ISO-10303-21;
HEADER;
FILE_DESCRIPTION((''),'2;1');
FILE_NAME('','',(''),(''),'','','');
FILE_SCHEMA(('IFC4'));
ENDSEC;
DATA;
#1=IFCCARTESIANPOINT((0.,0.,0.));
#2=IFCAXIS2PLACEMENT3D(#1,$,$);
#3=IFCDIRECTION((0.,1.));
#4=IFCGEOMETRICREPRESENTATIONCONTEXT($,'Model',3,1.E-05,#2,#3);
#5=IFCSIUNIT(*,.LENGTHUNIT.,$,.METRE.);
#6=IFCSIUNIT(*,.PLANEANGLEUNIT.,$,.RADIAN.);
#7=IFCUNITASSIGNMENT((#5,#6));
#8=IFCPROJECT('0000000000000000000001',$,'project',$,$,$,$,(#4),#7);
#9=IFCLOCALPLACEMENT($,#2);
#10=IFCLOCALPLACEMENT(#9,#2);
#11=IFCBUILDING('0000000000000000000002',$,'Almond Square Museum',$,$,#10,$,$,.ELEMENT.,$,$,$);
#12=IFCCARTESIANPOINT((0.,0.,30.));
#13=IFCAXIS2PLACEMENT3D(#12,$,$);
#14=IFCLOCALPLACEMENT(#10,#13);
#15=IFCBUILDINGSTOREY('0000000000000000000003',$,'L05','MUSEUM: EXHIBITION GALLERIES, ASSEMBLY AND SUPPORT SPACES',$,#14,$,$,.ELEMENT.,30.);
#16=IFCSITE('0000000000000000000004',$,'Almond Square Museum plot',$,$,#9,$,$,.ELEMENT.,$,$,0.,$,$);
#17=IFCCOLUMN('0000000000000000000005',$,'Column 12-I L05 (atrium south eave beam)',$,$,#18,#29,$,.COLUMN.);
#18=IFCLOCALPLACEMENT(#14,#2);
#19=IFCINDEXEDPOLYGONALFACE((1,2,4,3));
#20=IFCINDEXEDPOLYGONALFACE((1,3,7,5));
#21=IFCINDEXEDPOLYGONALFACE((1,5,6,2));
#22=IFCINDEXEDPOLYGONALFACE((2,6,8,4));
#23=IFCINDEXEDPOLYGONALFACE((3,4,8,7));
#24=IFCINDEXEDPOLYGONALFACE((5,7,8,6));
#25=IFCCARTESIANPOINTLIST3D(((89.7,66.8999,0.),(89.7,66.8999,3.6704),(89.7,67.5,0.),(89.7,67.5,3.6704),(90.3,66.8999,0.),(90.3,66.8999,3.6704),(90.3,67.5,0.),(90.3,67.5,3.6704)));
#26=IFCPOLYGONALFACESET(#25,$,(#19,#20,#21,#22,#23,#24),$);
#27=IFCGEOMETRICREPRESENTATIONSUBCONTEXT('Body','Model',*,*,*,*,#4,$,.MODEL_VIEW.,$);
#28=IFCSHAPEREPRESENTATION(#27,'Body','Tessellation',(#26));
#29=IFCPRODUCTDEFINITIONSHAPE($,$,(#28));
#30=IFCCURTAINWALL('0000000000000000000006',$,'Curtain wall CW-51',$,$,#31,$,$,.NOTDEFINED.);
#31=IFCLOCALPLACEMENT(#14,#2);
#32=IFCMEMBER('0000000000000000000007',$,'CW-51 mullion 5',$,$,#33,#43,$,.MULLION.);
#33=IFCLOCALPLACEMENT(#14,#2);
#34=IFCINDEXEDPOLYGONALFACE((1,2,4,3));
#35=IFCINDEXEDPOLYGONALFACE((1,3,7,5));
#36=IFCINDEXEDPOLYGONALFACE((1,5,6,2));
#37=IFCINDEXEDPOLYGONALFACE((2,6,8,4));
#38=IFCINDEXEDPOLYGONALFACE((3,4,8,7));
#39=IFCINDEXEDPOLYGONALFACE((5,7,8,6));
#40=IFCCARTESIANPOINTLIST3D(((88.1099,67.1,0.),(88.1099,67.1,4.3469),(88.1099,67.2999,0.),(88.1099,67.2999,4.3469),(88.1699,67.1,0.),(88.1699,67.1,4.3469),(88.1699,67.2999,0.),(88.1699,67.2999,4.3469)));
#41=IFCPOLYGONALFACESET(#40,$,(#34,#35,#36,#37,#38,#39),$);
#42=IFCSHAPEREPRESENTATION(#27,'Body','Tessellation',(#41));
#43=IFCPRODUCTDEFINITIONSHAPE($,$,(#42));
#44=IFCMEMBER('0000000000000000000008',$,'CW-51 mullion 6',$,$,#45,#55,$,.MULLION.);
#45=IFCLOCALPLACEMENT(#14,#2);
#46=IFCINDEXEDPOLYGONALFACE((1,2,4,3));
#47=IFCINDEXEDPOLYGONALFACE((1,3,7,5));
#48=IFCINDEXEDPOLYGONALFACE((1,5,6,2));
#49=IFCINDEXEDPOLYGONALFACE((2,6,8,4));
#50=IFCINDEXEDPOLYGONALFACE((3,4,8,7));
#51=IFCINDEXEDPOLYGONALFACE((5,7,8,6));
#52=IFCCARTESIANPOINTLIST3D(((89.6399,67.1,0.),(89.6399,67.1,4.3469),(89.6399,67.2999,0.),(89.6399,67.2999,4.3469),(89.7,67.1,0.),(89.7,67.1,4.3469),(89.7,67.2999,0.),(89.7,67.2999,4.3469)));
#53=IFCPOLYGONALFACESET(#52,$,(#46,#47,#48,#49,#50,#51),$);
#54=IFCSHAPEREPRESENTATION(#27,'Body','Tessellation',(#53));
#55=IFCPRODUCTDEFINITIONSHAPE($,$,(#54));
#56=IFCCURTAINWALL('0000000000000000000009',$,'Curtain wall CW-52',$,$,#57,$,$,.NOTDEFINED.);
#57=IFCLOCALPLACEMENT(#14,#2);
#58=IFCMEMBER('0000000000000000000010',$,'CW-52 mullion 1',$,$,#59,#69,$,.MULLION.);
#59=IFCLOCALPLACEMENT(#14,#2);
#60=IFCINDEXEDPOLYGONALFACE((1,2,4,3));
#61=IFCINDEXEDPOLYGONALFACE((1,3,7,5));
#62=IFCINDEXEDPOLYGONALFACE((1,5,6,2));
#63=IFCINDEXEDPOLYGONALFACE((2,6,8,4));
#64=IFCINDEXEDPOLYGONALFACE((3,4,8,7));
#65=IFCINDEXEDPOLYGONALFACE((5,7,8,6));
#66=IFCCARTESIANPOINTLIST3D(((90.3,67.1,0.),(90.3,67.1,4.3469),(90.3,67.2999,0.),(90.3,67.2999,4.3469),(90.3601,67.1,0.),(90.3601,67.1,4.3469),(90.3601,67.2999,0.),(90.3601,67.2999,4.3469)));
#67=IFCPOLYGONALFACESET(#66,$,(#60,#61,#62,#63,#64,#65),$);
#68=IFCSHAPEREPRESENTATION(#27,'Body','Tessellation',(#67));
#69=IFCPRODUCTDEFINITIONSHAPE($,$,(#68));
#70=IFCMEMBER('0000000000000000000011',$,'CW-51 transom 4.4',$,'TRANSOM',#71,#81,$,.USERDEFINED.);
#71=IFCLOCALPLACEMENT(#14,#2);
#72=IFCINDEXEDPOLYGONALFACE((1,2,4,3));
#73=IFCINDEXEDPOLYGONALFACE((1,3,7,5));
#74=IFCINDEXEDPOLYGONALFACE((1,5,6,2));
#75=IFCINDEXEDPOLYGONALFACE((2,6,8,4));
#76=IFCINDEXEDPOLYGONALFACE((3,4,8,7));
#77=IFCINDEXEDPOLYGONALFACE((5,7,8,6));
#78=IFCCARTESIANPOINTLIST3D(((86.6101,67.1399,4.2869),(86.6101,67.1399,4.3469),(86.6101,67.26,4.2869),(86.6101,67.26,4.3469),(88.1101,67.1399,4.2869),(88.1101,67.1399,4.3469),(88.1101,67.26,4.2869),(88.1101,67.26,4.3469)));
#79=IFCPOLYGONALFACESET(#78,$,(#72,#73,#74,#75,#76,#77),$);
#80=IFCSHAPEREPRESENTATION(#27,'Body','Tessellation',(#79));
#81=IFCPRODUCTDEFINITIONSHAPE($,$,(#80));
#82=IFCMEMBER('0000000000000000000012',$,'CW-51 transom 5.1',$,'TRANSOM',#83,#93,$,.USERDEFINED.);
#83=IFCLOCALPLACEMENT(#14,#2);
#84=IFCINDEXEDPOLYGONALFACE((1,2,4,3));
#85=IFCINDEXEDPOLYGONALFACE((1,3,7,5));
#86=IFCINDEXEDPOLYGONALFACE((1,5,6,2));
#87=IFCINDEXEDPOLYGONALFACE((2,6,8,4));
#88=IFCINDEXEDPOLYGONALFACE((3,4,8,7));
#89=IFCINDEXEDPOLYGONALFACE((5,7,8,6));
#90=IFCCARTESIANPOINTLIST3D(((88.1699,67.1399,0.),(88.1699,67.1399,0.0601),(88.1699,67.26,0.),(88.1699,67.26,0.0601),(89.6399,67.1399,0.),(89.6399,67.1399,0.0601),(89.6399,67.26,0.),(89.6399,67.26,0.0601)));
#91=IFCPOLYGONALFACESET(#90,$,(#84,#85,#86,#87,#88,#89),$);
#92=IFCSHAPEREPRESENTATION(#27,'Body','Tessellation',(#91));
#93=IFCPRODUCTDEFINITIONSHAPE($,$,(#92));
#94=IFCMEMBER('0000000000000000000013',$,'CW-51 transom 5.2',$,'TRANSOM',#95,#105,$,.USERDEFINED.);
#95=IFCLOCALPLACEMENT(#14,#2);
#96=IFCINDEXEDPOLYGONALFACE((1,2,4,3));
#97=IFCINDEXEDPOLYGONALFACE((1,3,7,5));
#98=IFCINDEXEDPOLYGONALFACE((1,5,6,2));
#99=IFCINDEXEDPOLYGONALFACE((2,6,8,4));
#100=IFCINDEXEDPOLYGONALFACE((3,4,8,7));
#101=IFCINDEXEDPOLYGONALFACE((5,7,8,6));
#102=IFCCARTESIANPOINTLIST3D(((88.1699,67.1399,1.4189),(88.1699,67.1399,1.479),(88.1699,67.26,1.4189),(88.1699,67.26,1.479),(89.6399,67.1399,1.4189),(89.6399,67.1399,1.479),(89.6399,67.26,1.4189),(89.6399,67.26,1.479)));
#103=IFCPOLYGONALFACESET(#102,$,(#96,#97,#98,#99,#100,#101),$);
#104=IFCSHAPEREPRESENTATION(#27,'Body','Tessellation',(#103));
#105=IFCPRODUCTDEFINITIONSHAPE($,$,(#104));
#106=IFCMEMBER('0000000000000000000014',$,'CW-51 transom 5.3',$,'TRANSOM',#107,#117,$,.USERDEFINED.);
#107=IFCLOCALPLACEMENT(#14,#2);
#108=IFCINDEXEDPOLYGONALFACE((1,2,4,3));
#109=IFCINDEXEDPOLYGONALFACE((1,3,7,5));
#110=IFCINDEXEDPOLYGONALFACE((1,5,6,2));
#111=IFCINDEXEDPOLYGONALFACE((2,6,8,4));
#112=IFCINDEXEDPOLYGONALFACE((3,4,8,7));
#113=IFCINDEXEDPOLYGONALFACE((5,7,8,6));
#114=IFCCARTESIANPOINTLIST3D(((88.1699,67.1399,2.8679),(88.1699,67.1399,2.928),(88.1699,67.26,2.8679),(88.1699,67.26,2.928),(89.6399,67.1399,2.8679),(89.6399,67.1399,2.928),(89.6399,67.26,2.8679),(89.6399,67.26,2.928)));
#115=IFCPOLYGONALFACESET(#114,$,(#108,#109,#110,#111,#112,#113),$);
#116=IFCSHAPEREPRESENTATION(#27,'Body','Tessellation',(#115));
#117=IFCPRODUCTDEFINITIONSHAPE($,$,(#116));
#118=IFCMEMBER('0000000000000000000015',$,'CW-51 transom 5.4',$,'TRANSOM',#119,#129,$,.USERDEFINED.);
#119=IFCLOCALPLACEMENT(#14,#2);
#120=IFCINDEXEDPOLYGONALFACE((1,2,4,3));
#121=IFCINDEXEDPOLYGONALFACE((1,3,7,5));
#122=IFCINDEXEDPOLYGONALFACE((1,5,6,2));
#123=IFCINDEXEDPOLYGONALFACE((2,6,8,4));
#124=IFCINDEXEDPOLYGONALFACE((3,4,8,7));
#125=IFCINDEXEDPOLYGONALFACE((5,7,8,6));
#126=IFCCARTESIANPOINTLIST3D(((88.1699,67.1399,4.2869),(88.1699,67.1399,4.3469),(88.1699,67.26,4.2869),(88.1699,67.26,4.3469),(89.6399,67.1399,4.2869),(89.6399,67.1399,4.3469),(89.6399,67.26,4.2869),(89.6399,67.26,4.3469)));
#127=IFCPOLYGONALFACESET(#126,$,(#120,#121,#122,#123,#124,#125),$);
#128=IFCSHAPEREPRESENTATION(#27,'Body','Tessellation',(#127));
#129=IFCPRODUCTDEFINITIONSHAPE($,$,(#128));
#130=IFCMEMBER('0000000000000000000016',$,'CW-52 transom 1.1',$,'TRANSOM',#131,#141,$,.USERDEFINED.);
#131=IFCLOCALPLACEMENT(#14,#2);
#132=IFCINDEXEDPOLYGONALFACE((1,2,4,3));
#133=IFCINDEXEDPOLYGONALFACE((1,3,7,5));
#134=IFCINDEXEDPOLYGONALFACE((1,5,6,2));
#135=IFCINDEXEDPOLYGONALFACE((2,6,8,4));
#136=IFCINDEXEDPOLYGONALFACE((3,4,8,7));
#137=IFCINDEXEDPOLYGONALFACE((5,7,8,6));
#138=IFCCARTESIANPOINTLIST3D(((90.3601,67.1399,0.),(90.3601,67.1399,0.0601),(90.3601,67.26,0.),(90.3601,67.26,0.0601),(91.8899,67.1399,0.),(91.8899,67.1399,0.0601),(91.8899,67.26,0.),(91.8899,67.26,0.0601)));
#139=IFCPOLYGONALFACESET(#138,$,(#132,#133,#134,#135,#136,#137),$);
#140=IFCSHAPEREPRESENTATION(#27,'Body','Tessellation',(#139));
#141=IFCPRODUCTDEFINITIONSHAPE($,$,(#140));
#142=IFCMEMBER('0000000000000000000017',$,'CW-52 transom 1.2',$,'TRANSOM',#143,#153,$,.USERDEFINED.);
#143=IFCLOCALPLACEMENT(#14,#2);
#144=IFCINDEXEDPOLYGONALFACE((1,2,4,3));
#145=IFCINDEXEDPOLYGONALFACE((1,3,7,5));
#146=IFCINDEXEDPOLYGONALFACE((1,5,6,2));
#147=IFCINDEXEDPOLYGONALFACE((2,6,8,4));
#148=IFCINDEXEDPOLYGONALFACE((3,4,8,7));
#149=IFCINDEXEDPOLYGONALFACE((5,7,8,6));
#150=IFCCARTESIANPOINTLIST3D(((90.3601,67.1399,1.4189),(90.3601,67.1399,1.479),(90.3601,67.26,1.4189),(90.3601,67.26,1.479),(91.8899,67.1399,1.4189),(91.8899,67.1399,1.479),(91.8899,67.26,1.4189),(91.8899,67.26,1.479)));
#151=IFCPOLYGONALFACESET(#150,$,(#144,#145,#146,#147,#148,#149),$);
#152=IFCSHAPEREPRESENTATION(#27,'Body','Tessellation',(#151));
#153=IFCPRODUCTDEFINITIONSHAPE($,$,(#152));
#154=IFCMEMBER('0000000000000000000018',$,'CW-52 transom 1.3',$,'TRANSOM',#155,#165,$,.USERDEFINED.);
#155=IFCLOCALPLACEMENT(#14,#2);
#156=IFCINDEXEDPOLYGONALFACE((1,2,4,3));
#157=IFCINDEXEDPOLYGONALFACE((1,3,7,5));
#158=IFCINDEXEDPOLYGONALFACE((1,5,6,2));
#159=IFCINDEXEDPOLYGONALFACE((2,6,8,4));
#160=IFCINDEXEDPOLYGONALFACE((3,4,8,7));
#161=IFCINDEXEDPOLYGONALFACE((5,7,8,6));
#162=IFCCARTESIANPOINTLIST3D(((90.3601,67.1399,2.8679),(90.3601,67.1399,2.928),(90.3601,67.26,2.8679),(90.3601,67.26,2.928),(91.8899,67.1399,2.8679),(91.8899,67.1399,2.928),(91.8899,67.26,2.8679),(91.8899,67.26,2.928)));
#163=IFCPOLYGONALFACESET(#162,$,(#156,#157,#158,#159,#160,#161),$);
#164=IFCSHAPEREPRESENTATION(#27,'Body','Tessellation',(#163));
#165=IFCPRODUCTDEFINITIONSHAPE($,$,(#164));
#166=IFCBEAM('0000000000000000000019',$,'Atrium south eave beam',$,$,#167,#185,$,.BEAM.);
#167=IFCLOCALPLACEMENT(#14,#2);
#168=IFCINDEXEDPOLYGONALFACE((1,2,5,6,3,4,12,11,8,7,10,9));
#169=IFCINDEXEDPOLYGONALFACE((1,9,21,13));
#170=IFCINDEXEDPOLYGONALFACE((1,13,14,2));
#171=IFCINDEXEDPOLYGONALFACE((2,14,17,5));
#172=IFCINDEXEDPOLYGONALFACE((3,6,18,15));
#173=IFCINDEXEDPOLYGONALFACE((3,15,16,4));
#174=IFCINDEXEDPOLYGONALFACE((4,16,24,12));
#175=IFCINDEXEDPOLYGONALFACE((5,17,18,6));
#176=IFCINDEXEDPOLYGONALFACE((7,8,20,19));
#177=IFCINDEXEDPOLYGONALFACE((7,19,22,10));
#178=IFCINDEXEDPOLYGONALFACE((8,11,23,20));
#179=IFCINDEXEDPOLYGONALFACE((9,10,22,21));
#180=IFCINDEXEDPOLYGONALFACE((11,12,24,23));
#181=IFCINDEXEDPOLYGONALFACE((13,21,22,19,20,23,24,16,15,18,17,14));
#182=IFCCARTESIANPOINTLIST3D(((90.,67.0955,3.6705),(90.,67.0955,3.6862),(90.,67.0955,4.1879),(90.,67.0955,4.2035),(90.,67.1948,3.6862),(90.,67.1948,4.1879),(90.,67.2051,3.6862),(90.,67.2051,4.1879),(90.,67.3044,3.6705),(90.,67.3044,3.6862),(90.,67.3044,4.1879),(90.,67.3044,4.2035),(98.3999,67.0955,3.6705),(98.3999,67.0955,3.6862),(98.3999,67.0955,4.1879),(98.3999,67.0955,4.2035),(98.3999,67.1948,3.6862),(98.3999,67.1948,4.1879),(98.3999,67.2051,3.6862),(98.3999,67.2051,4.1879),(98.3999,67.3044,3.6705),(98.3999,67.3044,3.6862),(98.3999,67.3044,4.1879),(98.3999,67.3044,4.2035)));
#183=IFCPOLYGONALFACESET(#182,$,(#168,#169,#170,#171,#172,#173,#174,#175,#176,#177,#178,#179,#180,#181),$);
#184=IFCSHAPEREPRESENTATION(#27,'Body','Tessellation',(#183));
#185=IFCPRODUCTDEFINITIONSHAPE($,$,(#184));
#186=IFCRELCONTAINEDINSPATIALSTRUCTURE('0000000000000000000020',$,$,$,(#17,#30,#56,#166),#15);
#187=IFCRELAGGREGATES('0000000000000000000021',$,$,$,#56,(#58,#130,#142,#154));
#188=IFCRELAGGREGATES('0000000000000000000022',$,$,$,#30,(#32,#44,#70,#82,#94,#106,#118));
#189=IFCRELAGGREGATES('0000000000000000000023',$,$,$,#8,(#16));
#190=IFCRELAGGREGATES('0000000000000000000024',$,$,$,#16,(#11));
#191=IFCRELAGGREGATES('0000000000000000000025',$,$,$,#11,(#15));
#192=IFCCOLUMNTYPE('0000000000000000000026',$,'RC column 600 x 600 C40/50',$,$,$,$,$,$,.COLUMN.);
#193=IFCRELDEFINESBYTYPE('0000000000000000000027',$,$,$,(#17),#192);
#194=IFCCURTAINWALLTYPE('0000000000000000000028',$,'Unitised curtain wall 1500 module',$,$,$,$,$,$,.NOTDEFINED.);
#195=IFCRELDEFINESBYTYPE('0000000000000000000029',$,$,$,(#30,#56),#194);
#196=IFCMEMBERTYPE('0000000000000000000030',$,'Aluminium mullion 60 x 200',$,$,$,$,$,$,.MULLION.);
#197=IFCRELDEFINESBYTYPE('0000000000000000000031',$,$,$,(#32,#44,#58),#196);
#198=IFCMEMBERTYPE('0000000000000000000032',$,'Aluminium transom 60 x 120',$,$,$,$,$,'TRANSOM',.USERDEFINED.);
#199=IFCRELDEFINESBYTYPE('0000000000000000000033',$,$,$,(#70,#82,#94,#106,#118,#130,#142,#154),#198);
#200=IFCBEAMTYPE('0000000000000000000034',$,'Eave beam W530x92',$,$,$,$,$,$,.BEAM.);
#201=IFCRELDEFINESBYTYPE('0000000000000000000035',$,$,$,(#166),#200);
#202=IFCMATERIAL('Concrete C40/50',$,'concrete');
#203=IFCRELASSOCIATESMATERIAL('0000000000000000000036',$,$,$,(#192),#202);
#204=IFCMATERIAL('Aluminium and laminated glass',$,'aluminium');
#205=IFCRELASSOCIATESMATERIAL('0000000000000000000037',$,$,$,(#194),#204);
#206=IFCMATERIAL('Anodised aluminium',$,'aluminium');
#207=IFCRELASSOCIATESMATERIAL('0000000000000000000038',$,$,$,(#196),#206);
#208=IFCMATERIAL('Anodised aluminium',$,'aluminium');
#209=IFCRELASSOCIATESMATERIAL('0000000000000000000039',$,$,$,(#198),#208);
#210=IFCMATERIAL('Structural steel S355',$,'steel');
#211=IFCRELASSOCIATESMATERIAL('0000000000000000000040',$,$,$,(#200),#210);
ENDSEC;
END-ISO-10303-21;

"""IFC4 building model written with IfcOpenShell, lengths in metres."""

from ifc_helpers import new_model, si_unit, direction, frame, origin, origin_2d, place, context, subcontext, project, spatial, rectangle, i_section, extrude, material, material_profile, profile_set, type_object, element, aggregate, save


model = new_model("IFC4")

# Units and contexts
model_context = context("Model", 3, precision=1e-05, world=origin(), true_north=direction((0.0, 1.0)))
body_context = subcontext(model_context, "Body", "Model", "MODEL_VIEW")
ifc_project = project(units=[si_unit("LENGTHUNIT", "METRE"), si_unit("PLANEANGLEUNIT", "RADIAN")], contexts=[model_context])

# Site, building, storey
site_placement = place(None, origin())
site = spatial("IfcSite", under=ifc_project, at=site_placement, Name="Almond Square Museum plot", CompositionType="ELEMENT", RefElevation=0.0)
building_placement = place(site_placement, origin())
building = spatial("IfcBuilding", under=site, at=building_placement, Name="Almond Square Museum", CompositionType="ELEMENT")
storey_placement = place(building_placement, frame((0.0, 0.0, 30.0)))
storey = spatial("IfcBuildingStorey", under=building, at=storey_placement, Name="L05", Description="MUSEUM: EXHIBITION GALLERIES, ASSEMBLY AND SUPPORT SPACES", CompositionType="ELEMENT", Elevation=30.0)

# Column
ifc_material_1 = material(Name="Concrete C40/50", Category="concrete")
ifc_material_profile_1 = material_profile(ifc_material_1, rectangle(XDim=0.6001, YDim=0.6001, at=origin_2d()))
ifc_profile_set_1 = profile_set([ifc_material_profile_1], Name="Concrete C40/50")
column_type = type_object("IfcColumnType", Name="RC column 600 x 600 C40/50", PredefinedType="COLUMN", material=ifc_profile_set_1)
column_placement = place(storey_placement, frame((90.0, 67.2, 0.0), z_axis=(0.0, 0.0, 1.0), x_axis=(1.0, 0.0, 0.0)))
element("IfcColumn", 1, at=column_placement, inside=storey, type_object=column_type, Name="Column 12-I L05 (atrium south eave beam)", PredefinedType="COLUMN", context=body_context, shape_type="SweptSolid", body=[
    extrude(rectangle(XDim=0.6001, YDim=0.6001, at=origin_2d()), origin(), (0.0, 0.0, 1.0), 3.6704),
])

# Curtain wall, members
ifc_material_2 = material(Name="Aluminium and laminated glass", Category="aluminium")
curtain_wall_type = type_object("IfcCurtainWallType", Name="Unitised curtain wall 1500 module", PredefinedType="NOTDEFINED", material=ifc_material_2)
curtain_wall_1_placement = place(storey_placement, origin())
curtain_wall_1 = element("IfcCurtainWall", 2, at=curtain_wall_1_placement, inside=storey, type_object=curtain_wall_type, Name="Curtain wall CW-51", PredefinedType="NOTDEFINED")
ifc_material_3 = material(Name="Anodised aluminium", Category="aluminium")
ifc_material_profile_2 = material_profile(ifc_material_3, rectangle(XDim=0.2, YDim=0.0601, at=origin_2d()))
ifc_profile_set_2 = profile_set([ifc_material_profile_2], Name="Anodised aluminium")
member_type_1 = type_object("IfcMemberType", Name="Aluminium mullion 60 x 200", PredefinedType="MULLION", material=ifc_profile_set_2)
member_1_placement = place(storey_placement, frame((88.1399, 67.2, 0.0), z_axis=(0.0, 0.0, 1.0), x_axis=(0.0, 1.0, 0.0)))
member_1 = element("IfcMember", 3, at=member_1_placement, type_object=member_type_1, Name="CW-51 mullion 5", PredefinedType="MULLION", context=body_context, shape_type="SweptSolid", body=[
    extrude(rectangle(XDim=0.2, YDim=0.0601, at=origin_2d()), origin(), (0.0, 0.0, 1.0), 4.3469),
])
member_2_placement = place(storey_placement, frame((89.6699, 67.2, 0.0), z_axis=(0.0, 0.0, 1.0), x_axis=(0.0, 1.0, 0.0)))
member_2 = element("IfcMember", 4, at=member_2_placement, type_object=member_type_1, Name="CW-51 mullion 6", PredefinedType="MULLION", context=body_context, shape_type="SweptSolid", body=[
    extrude(rectangle(XDim=0.2, YDim=0.0601, at=origin_2d()), origin(), (0.0, 0.0, 1.0), 4.3469),
])

# Curtain wall, member
curtain_wall_2_placement = place(storey_placement, origin())
curtain_wall_2 = element("IfcCurtainWall", 5, at=curtain_wall_2_placement, inside=storey, type_object=curtain_wall_type, Name="Curtain wall CW-52", PredefinedType="NOTDEFINED")
member_3_placement = place(storey_placement, frame((90.3301, 67.2, 0.0), z_axis=(0.0, 0.0, 1.0), x_axis=(0.0, 1.0, 0.0)))
member_3 = element("IfcMember", 6, at=member_3_placement, type_object=member_type_1, Name="CW-52 mullion 1", PredefinedType="MULLION", context=body_context, shape_type="SweptSolid", body=[
    extrude(rectangle(XDim=0.2, YDim=0.0601, at=origin_2d()), origin(), (0.0, 0.0, 1.0), 4.3469),
])

# Members
ifc_material_4 = material(Name="Anodised aluminium", Category="aluminium")
ifc_material_profile_3 = material_profile(ifc_material_4, rectangle(XDim=0.1201, YDim=0.0601, at=origin_2d()))
ifc_profile_set_3 = profile_set([ifc_material_profile_3], Name="Anodised aluminium")
member_type_2 = type_object("IfcMemberType", Name="Aluminium transom 60 x 120", ElementType="TRANSOM", PredefinedType="USERDEFINED", material=ifc_profile_set_3)
member_4_placement = place(storey_placement, frame((86.6101, 67.2, 4.3169), z_axis=(1.0, 0.0, 0.0), x_axis=(0.0, 1.0, 0.0)))
member_4 = element("IfcMember", 7, at=member_4_placement, type_object=member_type_2, Name="CW-51 transom 4.4", ObjectType="TRANSOM", PredefinedType="USERDEFINED", context=body_context, shape_type="SweptSolid", body=[
    extrude(rectangle(XDim=0.1201, YDim=0.0601, at=origin_2d()), origin(), (0.0, 0.0, 1.0), 1.5),
])
member_5_placement = place(storey_placement, frame((88.1699, 67.2, 0.03), z_axis=(1.0, 0.0, 0.0), x_axis=(0.0, 1.0, 0.0)))
member_5 = element("IfcMember", 8, at=member_5_placement, type_object=member_type_2, Name="CW-51 transom 5.1", ObjectType="TRANSOM", PredefinedType="USERDEFINED", context=body_context, shape_type="SweptSolid", body=[
    extrude(rectangle(XDim=0.1201, YDim=0.0601, at=origin_2d()), origin(), (0.0, 0.0, 1.0), 1.47),
])
member_6_placement = place(storey_placement, frame((88.1699, 67.2, 1.449), z_axis=(1.0, 0.0, 0.0), x_axis=(0.0, 1.0, 0.0)))
member_6 = element("IfcMember", 9, at=member_6_placement, type_object=member_type_2, Name="CW-51 transom 5.2", ObjectType="TRANSOM", PredefinedType="USERDEFINED", context=body_context, shape_type="SweptSolid", body=[
    extrude(rectangle(XDim=0.1201, YDim=0.0601, at=origin_2d()), origin(), (0.0, 0.0, 1.0), 1.47),
])
member_7_placement = place(storey_placement, frame((88.1699, 67.2, 2.8979), z_axis=(1.0, 0.0, 0.0), x_axis=(0.0, 1.0, 0.0)))
member_7 = element("IfcMember", 10, at=member_7_placement, type_object=member_type_2, Name="CW-51 transom 5.3", ObjectType="TRANSOM", PredefinedType="USERDEFINED", context=body_context, shape_type="SweptSolid", body=[
    extrude(rectangle(XDim=0.1201, YDim=0.0601, at=origin_2d()), origin(), (0.0, 0.0, 1.0), 1.47),
])
member_8_placement = place(storey_placement, frame((88.1699, 67.2, 4.3169), z_axis=(1.0, 0.0, 0.0), x_axis=(0.0, 1.0, 0.0)))
member_8 = element("IfcMember", 11, at=member_8_placement, type_object=member_type_2, Name="CW-51 transom 5.4", ObjectType="TRANSOM", PredefinedType="USERDEFINED", context=body_context, shape_type="SweptSolid", body=[
    extrude(rectangle(XDim=0.1201, YDim=0.0601, at=origin_2d()), origin(), (0.0, 0.0, 1.0), 1.47),
])
member_9_placement = place(storey_placement, frame((90.3601, 67.2, 0.03), z_axis=(1.0, 0.0, 0.0), x_axis=(0.0, 1.0, 0.0)))
member_9 = element("IfcMember", 12, at=member_9_placement, type_object=member_type_2, Name="CW-52 transom 1.1", ObjectType="TRANSOM", PredefinedType="USERDEFINED", context=body_context, shape_type="SweptSolid", body=[
    extrude(rectangle(XDim=0.1201, YDim=0.0601, at=origin_2d()), origin(), (0.0, 0.0, 1.0), 1.5298),
])
member_10_placement = place(storey_placement, frame((90.3601, 67.2, 1.449), z_axis=(1.0, 0.0, 0.0), x_axis=(0.0, 1.0, 0.0)))
member_10 = element("IfcMember", 13, at=member_10_placement, type_object=member_type_2, Name="CW-52 transom 1.2", ObjectType="TRANSOM", PredefinedType="USERDEFINED", context=body_context, shape_type="SweptSolid", body=[
    extrude(rectangle(XDim=0.1201, YDim=0.0601, at=origin_2d()), origin(), (0.0, 0.0, 1.0), 1.5298),
])
member_11_placement = place(storey_placement, frame((90.3601, 67.2, 2.8979), z_axis=(1.0, 0.0, 0.0), x_axis=(0.0, 1.0, 0.0)))
member_11 = element("IfcMember", 14, at=member_11_placement, type_object=member_type_2, Name="CW-52 transom 1.3", ObjectType="TRANSOM", PredefinedType="USERDEFINED", context=body_context, shape_type="SweptSolid", body=[
    extrude(rectangle(XDim=0.1201, YDim=0.0601, at=origin_2d()), origin(), (0.0, 0.0, 1.0), 1.5298),
])
aggregate(curtain_wall_2, [member_3, member_9, member_10, member_11])

# Beam
ifc_material_5 = material(Name="Structural steel S355", Category="steel")
ifc_material_profile_4 = material_profile(ifc_material_5, i_section(OverallWidth=0.209, OverallDepth=0.533, WebThickness=0.0103, FlangeThickness=0.0156, at=origin_2d()))
ifc_profile_set_4 = profile_set([ifc_material_profile_4], Name="Structural steel S355")
beam_type_1 = type_object("IfcBeamType", Name="Eave beam W530x92", PredefinedType="BEAM", material=ifc_profile_set_4)
beam_1_placement = place(storey_placement, frame((90.0, 67.2, 3.937), z_axis=(1.0, 0.0, 0.0), x_axis=(0.0, 1.0, 0.0)))
element("IfcBeam", 15, at=beam_1_placement, inside=storey, type_object=beam_type_1, Name="Atrium south eave beam", PredefinedType="BEAM", context=body_context, shape_type="SweptSolid", body=[
    extrude(i_section(OverallWidth=0.209, OverallDepth=0.533, WebThickness=0.0103, FlangeThickness=0.0156, at=origin_2d()), origin(), (0.0, 0.0, 1.0), 8.3999),
])

aggregate(curtain_wall_1, [member_1, member_2, member_4, member_5, member_6, member_7, member_8])

save(model, "model.ifc")
